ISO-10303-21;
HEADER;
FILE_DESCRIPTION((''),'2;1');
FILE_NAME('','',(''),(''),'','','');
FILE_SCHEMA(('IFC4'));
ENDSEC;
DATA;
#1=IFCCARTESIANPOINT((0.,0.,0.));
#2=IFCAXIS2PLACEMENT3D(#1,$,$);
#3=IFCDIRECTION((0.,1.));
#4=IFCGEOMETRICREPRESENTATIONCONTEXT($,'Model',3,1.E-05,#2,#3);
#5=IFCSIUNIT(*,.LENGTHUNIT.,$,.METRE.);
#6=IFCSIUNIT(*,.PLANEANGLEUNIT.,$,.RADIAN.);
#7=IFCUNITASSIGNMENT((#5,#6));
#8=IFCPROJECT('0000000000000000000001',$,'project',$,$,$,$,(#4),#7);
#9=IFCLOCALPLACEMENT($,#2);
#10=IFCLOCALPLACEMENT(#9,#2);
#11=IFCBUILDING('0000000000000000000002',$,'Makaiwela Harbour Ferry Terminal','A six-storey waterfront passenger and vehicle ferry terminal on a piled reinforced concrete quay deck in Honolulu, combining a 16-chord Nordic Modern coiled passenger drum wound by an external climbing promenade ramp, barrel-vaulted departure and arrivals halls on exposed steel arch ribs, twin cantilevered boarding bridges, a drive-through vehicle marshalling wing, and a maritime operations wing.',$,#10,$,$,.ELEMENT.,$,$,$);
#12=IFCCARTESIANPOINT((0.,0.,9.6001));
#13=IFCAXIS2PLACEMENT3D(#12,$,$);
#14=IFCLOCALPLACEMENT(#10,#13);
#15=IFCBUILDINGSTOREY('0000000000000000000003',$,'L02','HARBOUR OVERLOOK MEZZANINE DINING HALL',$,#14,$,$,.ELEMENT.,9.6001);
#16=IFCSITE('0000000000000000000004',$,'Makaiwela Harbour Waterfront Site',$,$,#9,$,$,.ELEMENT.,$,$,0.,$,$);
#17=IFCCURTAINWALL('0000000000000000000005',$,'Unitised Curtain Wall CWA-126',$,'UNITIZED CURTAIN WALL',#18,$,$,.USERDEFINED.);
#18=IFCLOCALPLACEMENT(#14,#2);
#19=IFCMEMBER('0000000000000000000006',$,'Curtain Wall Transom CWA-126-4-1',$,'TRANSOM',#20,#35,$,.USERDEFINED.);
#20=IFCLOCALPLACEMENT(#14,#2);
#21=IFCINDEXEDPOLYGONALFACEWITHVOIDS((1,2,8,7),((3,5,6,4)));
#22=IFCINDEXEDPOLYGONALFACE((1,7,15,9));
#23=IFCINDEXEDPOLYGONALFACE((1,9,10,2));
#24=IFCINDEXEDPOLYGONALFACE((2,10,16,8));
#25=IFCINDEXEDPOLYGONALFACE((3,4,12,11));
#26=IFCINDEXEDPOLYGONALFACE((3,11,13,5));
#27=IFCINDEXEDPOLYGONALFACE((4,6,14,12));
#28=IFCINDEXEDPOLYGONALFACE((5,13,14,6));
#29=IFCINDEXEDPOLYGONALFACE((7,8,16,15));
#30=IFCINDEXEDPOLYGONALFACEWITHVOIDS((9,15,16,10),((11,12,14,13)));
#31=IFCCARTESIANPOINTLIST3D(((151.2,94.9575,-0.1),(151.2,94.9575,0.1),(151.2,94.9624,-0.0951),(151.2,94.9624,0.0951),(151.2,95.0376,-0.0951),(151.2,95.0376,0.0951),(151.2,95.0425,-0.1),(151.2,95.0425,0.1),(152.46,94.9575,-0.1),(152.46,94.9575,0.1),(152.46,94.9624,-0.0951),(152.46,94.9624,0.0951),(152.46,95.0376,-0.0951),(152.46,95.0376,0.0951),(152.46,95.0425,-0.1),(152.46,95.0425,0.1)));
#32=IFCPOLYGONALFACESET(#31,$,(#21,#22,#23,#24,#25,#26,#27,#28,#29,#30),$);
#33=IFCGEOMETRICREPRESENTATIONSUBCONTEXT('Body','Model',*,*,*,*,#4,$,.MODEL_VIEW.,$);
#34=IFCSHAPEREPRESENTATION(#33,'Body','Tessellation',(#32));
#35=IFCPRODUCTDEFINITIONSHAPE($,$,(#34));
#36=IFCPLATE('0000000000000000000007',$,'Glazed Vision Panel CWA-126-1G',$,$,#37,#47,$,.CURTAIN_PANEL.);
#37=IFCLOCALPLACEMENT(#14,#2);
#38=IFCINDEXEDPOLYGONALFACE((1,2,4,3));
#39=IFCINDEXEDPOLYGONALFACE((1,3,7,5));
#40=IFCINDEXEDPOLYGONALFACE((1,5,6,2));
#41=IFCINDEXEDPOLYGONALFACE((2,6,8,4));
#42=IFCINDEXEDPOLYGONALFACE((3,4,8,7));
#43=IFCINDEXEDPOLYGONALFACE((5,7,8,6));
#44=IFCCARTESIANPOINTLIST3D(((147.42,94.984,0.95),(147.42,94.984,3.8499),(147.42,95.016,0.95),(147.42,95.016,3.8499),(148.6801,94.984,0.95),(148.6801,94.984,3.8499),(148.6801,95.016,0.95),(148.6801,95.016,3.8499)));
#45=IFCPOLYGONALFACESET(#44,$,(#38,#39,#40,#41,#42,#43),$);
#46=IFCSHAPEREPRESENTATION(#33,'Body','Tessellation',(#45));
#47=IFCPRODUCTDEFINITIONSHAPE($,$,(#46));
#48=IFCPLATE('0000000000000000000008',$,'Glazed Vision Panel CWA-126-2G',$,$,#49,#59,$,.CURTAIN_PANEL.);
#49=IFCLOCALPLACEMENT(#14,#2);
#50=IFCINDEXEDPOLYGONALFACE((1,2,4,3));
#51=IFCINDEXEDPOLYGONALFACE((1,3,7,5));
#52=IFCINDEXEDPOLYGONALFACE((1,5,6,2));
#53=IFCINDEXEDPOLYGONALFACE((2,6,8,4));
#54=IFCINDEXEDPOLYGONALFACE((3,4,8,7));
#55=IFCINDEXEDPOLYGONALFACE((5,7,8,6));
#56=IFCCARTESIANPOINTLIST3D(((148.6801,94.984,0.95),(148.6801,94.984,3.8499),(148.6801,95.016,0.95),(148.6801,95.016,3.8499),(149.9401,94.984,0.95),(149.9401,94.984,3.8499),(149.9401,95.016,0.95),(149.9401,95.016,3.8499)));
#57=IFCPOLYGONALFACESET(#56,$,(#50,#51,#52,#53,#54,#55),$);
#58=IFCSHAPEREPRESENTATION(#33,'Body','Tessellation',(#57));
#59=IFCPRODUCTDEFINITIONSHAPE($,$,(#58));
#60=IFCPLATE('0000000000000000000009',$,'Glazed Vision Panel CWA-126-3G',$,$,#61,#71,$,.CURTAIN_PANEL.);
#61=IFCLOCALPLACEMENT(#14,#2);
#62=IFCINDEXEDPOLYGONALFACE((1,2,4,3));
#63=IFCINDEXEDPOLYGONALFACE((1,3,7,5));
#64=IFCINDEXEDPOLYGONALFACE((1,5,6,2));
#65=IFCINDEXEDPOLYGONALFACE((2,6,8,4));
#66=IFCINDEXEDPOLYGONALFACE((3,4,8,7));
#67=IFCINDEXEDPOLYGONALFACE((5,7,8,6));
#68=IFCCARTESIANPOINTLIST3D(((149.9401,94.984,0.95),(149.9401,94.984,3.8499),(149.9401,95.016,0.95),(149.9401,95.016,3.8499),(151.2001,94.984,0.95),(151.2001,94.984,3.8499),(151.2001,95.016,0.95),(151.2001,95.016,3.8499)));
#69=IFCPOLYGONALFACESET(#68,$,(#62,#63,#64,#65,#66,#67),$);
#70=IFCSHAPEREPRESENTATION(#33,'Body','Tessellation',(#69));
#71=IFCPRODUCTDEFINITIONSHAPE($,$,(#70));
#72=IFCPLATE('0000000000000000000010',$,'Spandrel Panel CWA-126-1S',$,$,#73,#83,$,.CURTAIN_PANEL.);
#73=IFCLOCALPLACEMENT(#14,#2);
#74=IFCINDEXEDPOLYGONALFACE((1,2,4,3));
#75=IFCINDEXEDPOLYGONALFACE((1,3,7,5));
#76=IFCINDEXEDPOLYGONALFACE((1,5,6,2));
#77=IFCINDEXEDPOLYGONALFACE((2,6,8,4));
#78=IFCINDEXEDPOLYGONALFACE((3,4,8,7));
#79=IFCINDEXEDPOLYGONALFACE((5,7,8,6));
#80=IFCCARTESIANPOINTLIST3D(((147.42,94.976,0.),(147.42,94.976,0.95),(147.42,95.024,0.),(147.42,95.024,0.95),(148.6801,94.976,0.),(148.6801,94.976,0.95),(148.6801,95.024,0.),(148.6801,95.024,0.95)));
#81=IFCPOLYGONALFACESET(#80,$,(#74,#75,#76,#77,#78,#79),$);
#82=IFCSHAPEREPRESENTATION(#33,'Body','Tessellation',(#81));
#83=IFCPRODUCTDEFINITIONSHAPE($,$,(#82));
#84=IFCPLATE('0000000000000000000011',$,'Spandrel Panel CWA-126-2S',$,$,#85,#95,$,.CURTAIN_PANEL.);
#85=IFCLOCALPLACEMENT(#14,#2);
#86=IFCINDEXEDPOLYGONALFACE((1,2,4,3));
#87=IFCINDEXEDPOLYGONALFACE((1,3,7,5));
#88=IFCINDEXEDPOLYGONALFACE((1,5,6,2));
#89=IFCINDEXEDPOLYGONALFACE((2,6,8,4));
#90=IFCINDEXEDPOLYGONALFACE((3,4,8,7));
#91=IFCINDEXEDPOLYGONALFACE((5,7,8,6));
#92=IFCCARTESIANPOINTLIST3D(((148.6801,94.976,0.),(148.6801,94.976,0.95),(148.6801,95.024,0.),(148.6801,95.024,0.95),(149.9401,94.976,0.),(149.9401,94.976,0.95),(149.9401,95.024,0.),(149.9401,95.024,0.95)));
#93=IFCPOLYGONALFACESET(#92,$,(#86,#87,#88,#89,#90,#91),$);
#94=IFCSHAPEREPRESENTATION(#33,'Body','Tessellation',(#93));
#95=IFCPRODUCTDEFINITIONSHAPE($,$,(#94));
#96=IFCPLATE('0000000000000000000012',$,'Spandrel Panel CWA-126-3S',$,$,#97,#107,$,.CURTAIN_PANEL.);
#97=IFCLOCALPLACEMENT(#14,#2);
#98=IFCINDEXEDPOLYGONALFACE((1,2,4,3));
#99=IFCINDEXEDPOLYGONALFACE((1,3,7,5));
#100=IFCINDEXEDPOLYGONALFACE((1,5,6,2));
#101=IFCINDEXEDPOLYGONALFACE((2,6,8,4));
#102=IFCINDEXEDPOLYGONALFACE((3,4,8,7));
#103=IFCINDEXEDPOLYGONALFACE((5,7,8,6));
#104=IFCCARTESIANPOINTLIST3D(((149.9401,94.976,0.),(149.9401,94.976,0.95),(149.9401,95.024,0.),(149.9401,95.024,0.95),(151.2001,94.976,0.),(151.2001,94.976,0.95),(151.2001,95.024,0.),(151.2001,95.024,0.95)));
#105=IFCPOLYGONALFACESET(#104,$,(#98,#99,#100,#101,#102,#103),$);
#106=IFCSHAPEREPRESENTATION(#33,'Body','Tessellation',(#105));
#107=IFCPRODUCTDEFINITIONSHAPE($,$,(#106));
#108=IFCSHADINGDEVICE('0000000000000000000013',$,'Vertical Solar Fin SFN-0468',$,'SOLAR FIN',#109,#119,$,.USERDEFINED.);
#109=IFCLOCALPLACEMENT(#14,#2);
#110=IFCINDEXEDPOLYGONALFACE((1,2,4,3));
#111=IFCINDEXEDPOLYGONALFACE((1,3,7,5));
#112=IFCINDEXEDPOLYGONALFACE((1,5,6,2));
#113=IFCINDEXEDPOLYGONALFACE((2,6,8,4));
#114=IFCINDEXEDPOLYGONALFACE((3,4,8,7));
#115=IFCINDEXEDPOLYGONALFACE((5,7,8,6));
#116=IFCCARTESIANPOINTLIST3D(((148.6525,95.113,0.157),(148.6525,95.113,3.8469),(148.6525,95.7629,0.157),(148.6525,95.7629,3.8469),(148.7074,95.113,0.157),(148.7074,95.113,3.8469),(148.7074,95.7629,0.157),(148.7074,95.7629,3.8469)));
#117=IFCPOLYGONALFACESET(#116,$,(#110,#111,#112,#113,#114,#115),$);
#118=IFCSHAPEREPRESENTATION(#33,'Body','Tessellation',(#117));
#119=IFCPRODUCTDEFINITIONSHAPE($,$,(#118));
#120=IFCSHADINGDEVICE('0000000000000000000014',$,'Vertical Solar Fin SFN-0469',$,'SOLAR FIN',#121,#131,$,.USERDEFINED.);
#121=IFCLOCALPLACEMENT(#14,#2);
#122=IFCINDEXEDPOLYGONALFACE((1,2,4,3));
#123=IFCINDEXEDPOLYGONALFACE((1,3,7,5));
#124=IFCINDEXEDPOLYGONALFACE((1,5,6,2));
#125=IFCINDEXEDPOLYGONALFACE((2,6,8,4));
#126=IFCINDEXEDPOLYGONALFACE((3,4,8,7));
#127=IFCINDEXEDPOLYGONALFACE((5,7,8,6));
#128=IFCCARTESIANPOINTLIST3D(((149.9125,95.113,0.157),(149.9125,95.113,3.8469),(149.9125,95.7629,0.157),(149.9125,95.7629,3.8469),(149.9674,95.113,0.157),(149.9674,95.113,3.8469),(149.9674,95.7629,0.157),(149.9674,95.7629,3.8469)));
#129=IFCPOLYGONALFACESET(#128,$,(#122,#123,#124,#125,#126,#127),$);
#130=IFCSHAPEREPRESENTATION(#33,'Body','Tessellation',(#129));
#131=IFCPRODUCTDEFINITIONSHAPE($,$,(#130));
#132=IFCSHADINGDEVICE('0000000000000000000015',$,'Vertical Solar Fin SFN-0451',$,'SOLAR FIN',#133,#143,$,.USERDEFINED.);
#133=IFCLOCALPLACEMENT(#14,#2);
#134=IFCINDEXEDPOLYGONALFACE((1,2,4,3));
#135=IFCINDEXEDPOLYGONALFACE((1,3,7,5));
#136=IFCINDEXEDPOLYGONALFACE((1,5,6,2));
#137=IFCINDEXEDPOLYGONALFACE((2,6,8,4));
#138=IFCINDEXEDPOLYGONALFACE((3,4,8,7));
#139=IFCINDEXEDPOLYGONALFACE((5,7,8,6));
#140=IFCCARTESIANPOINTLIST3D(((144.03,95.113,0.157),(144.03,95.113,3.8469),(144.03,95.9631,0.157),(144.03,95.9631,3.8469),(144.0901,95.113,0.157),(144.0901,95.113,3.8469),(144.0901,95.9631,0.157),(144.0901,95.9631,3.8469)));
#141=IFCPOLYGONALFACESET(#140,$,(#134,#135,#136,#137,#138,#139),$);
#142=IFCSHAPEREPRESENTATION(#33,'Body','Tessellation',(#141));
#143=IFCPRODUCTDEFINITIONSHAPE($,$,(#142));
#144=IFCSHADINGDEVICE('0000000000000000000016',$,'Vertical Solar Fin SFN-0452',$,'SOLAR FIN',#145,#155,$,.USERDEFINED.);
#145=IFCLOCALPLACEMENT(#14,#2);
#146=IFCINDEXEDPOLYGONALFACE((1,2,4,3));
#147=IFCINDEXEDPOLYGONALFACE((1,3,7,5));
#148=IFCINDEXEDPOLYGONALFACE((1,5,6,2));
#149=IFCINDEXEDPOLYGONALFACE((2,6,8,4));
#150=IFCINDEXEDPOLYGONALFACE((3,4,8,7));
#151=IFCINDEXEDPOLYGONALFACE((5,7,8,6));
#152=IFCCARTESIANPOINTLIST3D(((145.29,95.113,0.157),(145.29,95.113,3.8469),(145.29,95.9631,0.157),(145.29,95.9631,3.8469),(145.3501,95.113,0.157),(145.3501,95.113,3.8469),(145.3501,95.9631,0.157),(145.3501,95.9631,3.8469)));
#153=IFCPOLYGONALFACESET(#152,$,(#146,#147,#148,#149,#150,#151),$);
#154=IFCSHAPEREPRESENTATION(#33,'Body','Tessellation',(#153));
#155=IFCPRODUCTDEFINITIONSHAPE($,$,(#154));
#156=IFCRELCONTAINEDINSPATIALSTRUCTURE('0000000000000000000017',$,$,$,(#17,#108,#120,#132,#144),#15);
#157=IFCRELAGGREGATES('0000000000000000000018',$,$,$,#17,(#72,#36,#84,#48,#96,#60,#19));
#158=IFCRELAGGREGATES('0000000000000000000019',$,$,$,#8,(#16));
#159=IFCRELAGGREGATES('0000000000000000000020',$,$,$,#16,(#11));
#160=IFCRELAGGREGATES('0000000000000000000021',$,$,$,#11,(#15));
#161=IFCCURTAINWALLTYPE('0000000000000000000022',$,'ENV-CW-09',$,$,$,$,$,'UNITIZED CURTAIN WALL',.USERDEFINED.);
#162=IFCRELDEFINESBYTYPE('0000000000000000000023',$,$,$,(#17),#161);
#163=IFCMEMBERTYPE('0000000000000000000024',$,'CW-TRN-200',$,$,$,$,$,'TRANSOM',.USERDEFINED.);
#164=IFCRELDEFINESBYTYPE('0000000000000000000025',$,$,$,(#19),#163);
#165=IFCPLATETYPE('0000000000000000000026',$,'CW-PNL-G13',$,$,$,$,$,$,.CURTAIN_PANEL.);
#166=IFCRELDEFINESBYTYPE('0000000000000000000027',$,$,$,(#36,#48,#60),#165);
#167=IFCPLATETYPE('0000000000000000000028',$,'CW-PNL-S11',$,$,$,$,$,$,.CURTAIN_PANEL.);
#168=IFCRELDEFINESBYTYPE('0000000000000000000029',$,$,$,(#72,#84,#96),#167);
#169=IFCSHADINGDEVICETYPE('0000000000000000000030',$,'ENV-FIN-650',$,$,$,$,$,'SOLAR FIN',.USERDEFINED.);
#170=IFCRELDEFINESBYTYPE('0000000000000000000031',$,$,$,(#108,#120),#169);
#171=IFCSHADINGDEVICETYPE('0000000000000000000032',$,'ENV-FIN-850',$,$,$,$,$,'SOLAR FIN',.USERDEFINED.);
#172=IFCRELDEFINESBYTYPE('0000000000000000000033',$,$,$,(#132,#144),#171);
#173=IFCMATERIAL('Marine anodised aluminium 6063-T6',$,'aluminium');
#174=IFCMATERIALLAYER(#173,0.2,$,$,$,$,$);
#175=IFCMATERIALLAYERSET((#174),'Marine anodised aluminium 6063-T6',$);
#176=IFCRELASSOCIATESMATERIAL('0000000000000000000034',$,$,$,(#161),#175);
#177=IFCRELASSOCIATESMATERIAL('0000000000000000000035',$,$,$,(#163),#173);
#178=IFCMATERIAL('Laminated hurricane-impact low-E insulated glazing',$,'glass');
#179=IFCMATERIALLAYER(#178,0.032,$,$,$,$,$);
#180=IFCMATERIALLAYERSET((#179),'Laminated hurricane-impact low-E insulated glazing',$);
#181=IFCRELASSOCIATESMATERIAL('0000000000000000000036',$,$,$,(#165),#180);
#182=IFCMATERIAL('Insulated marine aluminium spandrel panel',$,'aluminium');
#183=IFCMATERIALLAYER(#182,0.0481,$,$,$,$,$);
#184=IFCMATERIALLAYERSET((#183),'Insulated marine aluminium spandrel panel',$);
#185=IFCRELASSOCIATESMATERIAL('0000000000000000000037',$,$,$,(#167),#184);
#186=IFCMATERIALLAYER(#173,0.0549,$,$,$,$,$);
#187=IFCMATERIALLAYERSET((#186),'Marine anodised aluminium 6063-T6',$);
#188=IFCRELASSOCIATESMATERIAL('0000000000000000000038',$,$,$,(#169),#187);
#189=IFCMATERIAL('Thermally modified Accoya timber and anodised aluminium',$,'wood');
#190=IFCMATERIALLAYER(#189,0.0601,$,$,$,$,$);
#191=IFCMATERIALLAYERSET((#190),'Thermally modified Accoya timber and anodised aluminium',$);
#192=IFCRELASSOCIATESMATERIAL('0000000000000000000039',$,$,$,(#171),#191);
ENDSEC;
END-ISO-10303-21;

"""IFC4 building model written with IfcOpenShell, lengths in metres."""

from ifc_helpers import new_model, si_unit, direction, frame, origin, origin_2d, place, context, subcontext, project, spatial, rectangle, hollow_rectangle, extrude, material, layer, layer_set, material_profile, profile_set, type_object, element, aggregate, save


model = new_model("IFC4")

# Units and contexts
model_context = context("Model", 3, precision=1e-05, world=origin(), true_north=direction((0.0, 1.0)))
body_context = subcontext(model_context, "Body", "Model", "MODEL_VIEW")
ifc_project = project(units=[si_unit("LENGTHUNIT", "METRE"), si_unit("PLANEANGLEUNIT", "RADIAN")], contexts=[model_context])

# Site, building, storey
site_placement = place(None, origin())
site = spatial("IfcSite", under=ifc_project, at=site_placement, Name="Makaiwela Harbour Waterfront Site", CompositionType="ELEMENT", RefElevation=0.0)
building_placement = place(site_placement, origin())
building = spatial("IfcBuilding", under=site, at=building_placement, Name="Makaiwela Harbour Ferry Terminal", Description="A six-storey waterfront passenger and vehicle ferry terminal on a piled reinforced concrete quay deck in Honolulu, combining a 16-chord Nordic Modern coiled passenger drum wound by an external climbing promenade ramp, barrel-vaulted departure and arrivals halls on exposed steel arch ribs, twin cantilevered boarding bridges, a drive-through vehicle marshalling wing, and a maritime operations wing.", CompositionType="ELEMENT")
storey_placement = place(building_placement, frame((0.0, 0.0, 9.6001)))
storey = spatial("IfcBuildingStorey", under=building, at=storey_placement, Name="L02", Description="HARBOUR OVERLOOK MEZZANINE DINING HALL", CompositionType="ELEMENT", Elevation=9.6001)

# Curtain wall, member, plates
ifc_material_1 = material(Name="Marine anodised aluminium 6063-T6", Category="aluminium")
ifc_layer_1 = layer(ifc_material_1, 0.2)
ifc_layer_set_1 = layer_set([ifc_layer_1], Name="Marine anodised aluminium 6063-T6")
curtain_wall_type = type_object("IfcCurtainWallType", Name="ENV-CW-09", ElementType="UNITIZED CURTAIN WALL", PredefinedType="USERDEFINED", material=ifc_layer_set_1)
curtain_wall_placement = place(storey_placement, origin())
curtain_wall = element("IfcCurtainWall", 1, at=curtain_wall_placement, inside=storey, type_object=curtain_wall_type, Name="Unitised Curtain Wall CWA-126", ObjectType="UNITIZED CURTAIN WALL", PredefinedType="USERDEFINED")
ifc_material_profile_1 = material_profile(ifc_material_1, hollow_rectangle(XDim=0.085, YDim=0.2, WallThickness=0.0049, at=origin_2d()), Name="CWT-200X85")
ifc_profile_set_1 = profile_set([ifc_material_profile_1], Name="Marine anodised aluminium 6063-T6")
member_type_1 = type_object("IfcMemberType", Name="CW-TRN-200", ElementType="TRANSOM", PredefinedType="USERDEFINED", material=ifc_profile_set_1)
member_1_placement = place(storey_placement, frame((151.2, 95.0, 0.0), z_axis=(1.0, 0.0, 0.0), x_axis=(0.0, 1.0, 0.0)))
member_1 = element("IfcMember", 2, at=member_1_placement, type_object=member_type_1, Name="Curtain Wall Transom CWA-126-4-1", ObjectType="TRANSOM", PredefinedType="USERDEFINED", context=body_context, shape_type="SweptSolid", body=[
    extrude(hollow_rectangle(XDim=0.085, YDim=0.2, WallThickness=0.0049, at=origin_2d()), origin(), (0.0, 0.0, 1.0), 1.26),
])
ifc_material_2 = material(Name="Laminated hurricane-impact low-E insulated glazing", Category="glass")
ifc_layer_2 = layer(ifc_material_2, 0.032)
ifc_layer_set_2 = layer_set([ifc_layer_2], Name="Laminated hurricane-impact low-E insulated glazing")
plate_type_1 = type_object("IfcPlateType", Name="CW-PNL-G13", PredefinedType="CURTAIN_PANEL", material=ifc_layer_set_2)
plate_1_placement = place(storey_placement, frame((148.05, 95.0, 0.95), z_axis=(0.0, 0.0, 1.0), x_axis=(1.0, 0.0, 0.0)))
plate_1 = element("IfcPlate", 3, at=plate_1_placement, type_object=plate_type_1, Name="Glazed Vision Panel CWA-126-1G", PredefinedType="CURTAIN_PANEL", context=body_context, shape_type="SweptSolid", body=[
    extrude(rectangle(XDim=1.26, YDim=0.032, at=origin_2d()), origin(), (0.0, 0.0, 1.0), 2.8999),
])
plate_2_placement = place(storey_placement, frame((149.3101, 95.0, 0.95), z_axis=(0.0, 0.0, 1.0), x_axis=(1.0, 0.0, 0.0)))
plate_2 = element("IfcPlate", 4, at=plate_2_placement, type_object=plate_type_1, Name="Glazed Vision Panel CWA-126-2G", PredefinedType="CURTAIN_PANEL", context=body_context, shape_type="SweptSolid", body=[
    extrude(rectangle(XDim=1.26, YDim=0.032, at=origin_2d()), origin(), (0.0, 0.0, 1.0), 2.8999),
])
plate_3_placement = place(storey_placement, frame((150.5701, 95.0, 0.95), z_axis=(0.0, 0.0, 1.0), x_axis=(1.0, 0.0, 0.0)))
plate_3 = element("IfcPlate", 5, at=plate_3_placement, type_object=plate_type_1, Name="Glazed Vision Panel CWA-126-3G", PredefinedType="CURTAIN_PANEL", context=body_context, shape_type="SweptSolid", body=[
    extrude(rectangle(XDim=1.26, YDim=0.032, at=origin_2d()), origin(), (0.0, 0.0, 1.0), 2.8999),
])
ifc_material_3 = material(Name="Insulated marine aluminium spandrel panel", Category="aluminium")
ifc_layer_3 = layer(ifc_material_3, 0.0481)
ifc_layer_set_3 = layer_set([ifc_layer_3], Name="Insulated marine aluminium spandrel panel")
plate_type_2 = type_object("IfcPlateType", Name="CW-PNL-S11", PredefinedType="CURTAIN_PANEL", material=ifc_layer_set_3)
plate_4_placement = place(storey_placement, frame((148.05, 95.0, 0.0), z_axis=(0.0, 0.0, 1.0), x_axis=(1.0, 0.0, 0.0)))
plate_4 = element("IfcPlate", 6, at=plate_4_placement, type_object=plate_type_2, Name="Spandrel Panel CWA-126-1S", PredefinedType="CURTAIN_PANEL", context=body_context, shape_type="SweptSolid", body=[
    extrude(rectangle(XDim=1.26, YDim=0.0481, at=origin_2d()), origin(), (0.0, 0.0, 1.0), 0.95),
])
plate_5_placement = place(storey_placement, frame((149.3101, 95.0, 0.0), z_axis=(0.0, 0.0, 1.0), x_axis=(1.0, 0.0, 0.0)))
plate_5 = element("IfcPlate", 7, at=plate_5_placement, type_object=plate_type_2, Name="Spandrel Panel CWA-126-2S", PredefinedType="CURTAIN_PANEL", context=body_context, shape_type="SweptSolid", body=[
    extrude(rectangle(XDim=1.26, YDim=0.0481, at=origin_2d()), origin(), (0.0, 0.0, 1.0), 0.95),
])
plate_6_placement = place(storey_placement, frame((150.5701, 95.0, 0.0), z_axis=(0.0, 0.0, 1.0), x_axis=(1.0, 0.0, 0.0)))
plate_6 = element("IfcPlate", 8, at=plate_6_placement, type_object=plate_type_2, Name="Spandrel Panel CWA-126-3S", PredefinedType="CURTAIN_PANEL", context=body_context, shape_type="SweptSolid", body=[
    extrude(rectangle(XDim=1.26, YDim=0.0481, at=origin_2d()), origin(), (0.0, 0.0, 1.0), 0.95),
])
aggregate(curtain_wall, [plate_4, plate_1, plate_5, plate_2, plate_6, plate_3, member_1])

# Shading devices
ifc_layer_4 = layer(ifc_material_1, 0.0549)
ifc_layer_set_4 = layer_set([ifc_layer_4], Name="Marine anodised aluminium 6063-T6")
shading_device_type_1 = type_object("IfcShadingDeviceType", Name="ENV-FIN-650", ElementType="SOLAR FIN", PredefinedType="USERDEFINED", material=ifc_layer_set_4)
for number, where, z_axis, x_axis, name in (
    (9, (148.6799, 95.438, 0.157), (0.0, 0.0, 1.0), (0.0, 1.0, 0.0), "Vertical Solar Fin SFN-0468"),
    (10, (149.9399, 95.438, 0.157), (0.0, 0.0, 1.0), (0.0, 1.0, 0.0), "Vertical Solar Fin SFN-0469"),
):
    element("IfcShadingDevice", number, at=place(storey_placement, frame(where, z_axis=z_axis, x_axis=x_axis)), inside=storey, type_object=shading_device_type_1, Name=name, ObjectType="SOLAR FIN", PredefinedType="USERDEFINED", context=body_context, shape_type="SweptSolid", body=[
        extrude(rectangle(XDim=0.6499, YDim=0.0549, at=origin_2d()), origin(), (0.0, 0.0, 1.0), 3.6899),
    ])
ifc_material_4 = material(Name="Thermally modified Accoya timber and anodised aluminium", Category="wood")
ifc_layer_5 = layer(ifc_material_4, 0.0601)
ifc_layer_set_5 = layer_set([ifc_layer_5], Name="Thermally modified Accoya timber and anodised aluminium")
shading_device_type_2 = type_object("IfcShadingDeviceType", Name="ENV-FIN-850", ElementType="SOLAR FIN", PredefinedType="USERDEFINED", material=ifc_layer_set_5)
for number, where, z_axis, x_axis, name in (
    (11, (144.0601, 95.5381, 0.157), (0.0, 0.0, 1.0), (0.0, 1.0, 0.0), "Vertical Solar Fin SFN-0451"),
    (12, (145.3201, 95.5381, 0.157), (0.0, 0.0, 1.0), (0.0, 1.0, 0.0), "Vertical Solar Fin SFN-0452"),
):
    element("IfcShadingDevice", number, at=place(storey_placement, frame(where, z_axis=z_axis, x_axis=x_axis)), inside=storey, type_object=shading_device_type_2, Name=name, ObjectType="SOLAR FIN", PredefinedType="USERDEFINED", context=body_context, shape_type="SweptSolid", body=[
        extrude(rectangle(XDim=0.8501, YDim=0.0601, at=origin_2d()), origin(), (0.0, 0.0, 1.0), 3.6899),
    ])

save(model, "model.ifc")
